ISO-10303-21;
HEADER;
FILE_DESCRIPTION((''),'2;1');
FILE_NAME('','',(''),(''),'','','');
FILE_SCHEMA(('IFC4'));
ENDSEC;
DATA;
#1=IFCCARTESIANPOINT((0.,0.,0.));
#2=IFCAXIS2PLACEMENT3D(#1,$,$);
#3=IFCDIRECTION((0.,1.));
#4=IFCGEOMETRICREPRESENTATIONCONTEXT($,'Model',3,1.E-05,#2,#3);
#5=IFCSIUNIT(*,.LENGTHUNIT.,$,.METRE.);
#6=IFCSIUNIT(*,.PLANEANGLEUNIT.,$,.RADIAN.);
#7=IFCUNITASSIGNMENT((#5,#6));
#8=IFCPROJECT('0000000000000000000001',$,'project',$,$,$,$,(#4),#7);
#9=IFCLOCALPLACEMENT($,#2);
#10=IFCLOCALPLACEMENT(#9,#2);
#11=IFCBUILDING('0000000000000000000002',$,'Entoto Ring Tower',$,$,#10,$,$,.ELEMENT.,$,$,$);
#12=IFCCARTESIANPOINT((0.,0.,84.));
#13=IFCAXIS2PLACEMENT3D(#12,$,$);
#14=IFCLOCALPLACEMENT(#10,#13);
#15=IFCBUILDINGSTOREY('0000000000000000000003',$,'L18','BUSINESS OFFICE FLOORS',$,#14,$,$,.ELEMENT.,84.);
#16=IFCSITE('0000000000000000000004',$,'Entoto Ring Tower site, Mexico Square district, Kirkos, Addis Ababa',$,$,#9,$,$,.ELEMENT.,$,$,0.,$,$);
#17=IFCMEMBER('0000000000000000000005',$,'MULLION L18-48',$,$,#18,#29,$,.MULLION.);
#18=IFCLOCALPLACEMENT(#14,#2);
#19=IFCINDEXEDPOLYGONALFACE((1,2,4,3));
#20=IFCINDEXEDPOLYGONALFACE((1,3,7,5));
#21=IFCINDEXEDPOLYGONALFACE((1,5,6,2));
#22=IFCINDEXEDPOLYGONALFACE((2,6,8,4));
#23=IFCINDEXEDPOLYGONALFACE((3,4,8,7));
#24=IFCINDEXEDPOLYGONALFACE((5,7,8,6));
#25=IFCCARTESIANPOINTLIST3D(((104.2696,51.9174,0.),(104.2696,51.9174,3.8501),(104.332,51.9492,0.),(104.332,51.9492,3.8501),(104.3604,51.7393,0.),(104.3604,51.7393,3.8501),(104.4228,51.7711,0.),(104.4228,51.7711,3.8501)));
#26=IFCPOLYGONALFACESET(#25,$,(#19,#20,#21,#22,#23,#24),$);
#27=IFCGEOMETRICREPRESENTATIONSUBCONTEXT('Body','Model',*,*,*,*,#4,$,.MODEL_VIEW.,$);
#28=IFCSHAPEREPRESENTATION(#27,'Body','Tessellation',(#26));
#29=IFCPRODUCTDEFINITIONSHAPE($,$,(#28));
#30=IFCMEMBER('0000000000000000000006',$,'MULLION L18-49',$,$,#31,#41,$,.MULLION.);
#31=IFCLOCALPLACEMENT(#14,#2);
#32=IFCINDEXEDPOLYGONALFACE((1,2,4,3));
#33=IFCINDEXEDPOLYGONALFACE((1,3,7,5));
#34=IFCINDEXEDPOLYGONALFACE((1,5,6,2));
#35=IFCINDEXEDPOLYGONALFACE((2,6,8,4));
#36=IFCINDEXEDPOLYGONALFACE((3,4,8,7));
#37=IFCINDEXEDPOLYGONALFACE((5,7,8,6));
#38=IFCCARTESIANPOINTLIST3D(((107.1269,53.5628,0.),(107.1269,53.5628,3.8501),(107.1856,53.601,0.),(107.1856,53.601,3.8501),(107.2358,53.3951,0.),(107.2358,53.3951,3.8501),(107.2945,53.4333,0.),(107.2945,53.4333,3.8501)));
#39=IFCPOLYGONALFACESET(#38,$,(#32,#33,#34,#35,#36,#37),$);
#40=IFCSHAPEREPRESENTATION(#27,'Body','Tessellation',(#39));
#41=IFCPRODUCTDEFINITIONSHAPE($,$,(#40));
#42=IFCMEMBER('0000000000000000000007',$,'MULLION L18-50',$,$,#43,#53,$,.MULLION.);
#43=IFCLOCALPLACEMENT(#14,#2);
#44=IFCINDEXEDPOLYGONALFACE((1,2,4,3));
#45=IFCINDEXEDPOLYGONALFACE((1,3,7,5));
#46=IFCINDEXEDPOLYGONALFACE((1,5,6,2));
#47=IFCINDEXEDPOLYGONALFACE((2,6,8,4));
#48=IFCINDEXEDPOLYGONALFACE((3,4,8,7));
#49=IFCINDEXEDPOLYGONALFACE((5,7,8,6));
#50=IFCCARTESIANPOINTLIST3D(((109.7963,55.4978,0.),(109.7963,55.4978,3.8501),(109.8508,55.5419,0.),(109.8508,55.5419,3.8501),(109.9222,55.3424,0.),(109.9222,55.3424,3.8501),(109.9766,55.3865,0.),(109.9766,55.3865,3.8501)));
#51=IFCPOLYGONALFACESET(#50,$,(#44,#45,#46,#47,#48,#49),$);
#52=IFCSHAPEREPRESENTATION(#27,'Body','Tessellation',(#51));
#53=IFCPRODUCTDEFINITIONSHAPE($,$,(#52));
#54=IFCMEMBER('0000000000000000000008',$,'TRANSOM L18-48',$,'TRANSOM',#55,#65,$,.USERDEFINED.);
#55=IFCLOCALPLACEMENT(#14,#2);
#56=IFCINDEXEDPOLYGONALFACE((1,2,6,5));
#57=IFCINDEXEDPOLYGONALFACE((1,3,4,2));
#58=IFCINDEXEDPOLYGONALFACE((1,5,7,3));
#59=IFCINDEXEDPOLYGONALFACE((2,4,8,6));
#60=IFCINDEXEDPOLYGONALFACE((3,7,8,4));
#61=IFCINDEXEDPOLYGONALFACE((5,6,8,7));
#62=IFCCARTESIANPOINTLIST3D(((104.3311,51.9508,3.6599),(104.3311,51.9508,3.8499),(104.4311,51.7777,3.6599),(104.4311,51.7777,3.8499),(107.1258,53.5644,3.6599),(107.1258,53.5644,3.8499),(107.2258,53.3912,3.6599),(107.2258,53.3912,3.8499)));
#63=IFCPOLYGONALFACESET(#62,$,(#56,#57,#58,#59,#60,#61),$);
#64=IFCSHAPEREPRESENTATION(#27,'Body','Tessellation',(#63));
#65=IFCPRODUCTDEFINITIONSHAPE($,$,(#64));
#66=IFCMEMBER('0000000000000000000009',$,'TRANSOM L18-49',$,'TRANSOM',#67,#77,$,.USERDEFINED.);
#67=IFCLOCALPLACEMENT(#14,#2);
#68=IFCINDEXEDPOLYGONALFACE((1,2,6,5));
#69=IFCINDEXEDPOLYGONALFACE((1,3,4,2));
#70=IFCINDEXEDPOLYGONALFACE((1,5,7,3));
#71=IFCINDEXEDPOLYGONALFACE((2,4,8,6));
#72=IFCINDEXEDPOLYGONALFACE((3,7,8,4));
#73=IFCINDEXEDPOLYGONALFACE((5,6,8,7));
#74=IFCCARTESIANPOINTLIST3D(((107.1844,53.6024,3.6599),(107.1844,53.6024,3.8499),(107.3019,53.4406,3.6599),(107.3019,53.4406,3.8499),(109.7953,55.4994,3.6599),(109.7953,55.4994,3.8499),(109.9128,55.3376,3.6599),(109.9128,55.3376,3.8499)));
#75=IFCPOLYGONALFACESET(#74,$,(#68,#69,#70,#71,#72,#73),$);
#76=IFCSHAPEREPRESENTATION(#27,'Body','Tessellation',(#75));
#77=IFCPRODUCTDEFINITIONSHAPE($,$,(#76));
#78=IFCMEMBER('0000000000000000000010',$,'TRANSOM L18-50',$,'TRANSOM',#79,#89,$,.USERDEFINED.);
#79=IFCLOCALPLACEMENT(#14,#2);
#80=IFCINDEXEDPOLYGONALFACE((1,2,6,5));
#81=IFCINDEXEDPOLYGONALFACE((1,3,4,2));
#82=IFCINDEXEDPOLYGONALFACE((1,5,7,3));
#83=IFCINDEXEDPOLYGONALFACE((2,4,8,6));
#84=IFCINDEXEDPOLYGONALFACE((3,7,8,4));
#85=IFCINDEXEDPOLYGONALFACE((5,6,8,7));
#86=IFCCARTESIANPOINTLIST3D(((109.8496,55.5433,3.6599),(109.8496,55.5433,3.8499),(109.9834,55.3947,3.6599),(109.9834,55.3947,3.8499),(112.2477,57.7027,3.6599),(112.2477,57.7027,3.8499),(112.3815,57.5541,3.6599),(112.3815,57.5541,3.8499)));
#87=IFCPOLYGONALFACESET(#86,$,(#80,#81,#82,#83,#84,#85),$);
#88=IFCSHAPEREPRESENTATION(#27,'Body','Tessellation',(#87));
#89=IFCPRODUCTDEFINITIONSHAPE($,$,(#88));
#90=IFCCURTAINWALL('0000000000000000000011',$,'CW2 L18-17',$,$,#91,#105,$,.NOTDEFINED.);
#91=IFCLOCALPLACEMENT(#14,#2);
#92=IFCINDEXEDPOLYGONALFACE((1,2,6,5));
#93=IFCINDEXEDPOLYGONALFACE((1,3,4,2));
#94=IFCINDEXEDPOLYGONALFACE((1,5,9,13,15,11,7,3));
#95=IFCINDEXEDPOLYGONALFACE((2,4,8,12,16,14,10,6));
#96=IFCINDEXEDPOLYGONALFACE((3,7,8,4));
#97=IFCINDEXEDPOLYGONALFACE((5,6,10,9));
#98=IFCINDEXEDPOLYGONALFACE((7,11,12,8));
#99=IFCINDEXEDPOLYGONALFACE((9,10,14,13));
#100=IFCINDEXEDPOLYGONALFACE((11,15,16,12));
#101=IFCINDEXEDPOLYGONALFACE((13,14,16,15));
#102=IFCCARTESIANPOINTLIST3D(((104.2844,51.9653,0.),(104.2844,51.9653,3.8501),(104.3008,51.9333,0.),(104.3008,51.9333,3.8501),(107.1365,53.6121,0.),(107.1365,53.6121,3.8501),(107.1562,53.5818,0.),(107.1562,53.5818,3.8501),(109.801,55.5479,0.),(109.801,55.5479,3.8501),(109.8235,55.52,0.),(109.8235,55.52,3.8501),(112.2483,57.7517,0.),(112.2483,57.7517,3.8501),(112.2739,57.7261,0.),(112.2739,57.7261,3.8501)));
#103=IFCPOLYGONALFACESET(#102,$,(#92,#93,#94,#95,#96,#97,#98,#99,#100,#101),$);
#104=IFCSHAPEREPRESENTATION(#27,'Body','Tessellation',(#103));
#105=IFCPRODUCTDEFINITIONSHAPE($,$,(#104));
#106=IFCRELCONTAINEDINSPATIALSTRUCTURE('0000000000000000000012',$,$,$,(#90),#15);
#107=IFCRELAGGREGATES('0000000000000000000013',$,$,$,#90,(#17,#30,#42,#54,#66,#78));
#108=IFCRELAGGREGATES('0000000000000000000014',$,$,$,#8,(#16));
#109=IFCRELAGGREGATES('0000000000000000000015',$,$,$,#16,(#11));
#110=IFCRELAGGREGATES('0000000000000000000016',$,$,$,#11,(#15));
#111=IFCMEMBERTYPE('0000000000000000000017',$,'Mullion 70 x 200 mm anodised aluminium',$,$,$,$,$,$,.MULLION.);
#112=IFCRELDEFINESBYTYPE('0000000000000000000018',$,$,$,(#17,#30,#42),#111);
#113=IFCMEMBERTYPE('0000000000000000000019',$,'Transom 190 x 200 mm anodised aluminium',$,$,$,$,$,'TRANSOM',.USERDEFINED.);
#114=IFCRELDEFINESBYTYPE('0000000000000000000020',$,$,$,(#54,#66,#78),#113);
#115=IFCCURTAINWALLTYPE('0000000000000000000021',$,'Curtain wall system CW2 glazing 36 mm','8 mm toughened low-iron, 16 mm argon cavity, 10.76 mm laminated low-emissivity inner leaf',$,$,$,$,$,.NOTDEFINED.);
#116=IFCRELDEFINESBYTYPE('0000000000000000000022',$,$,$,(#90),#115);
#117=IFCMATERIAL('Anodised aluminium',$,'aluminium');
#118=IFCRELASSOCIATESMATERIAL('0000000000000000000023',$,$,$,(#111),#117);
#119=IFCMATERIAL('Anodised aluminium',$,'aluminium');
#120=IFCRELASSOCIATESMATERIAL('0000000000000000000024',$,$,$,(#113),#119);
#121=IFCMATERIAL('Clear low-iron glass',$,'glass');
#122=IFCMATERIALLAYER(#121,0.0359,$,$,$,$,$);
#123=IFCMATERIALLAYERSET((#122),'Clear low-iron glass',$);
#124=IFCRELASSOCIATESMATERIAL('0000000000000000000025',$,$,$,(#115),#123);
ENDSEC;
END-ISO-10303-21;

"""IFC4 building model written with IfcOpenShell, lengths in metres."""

from ifc_helpers import new_model, si_unit, direction, frame, origin, origin_2d, place, context, subcontext, project, spatial, polyline, rectangle, outline, extrude, material, layer, layer_set, material_profile, profile_set, type_object, element, aggregate, save


model = new_model("IFC4")

# Units and contexts
model_context = context("Model", 3, precision=1e-05, world=origin(), true_north=direction((0.0, 1.0)))
body_context = subcontext(model_context, "Body", "Model", "MODEL_VIEW")
ifc_project = project(units=[si_unit("LENGTHUNIT", "METRE"), si_unit("PLANEANGLEUNIT", "RADIAN")], contexts=[model_context])

# Members
ifc_material_1 = material(Name="Anodised aluminium", Category="aluminium")
ifc_material_profile_1 = material_profile(ifc_material_1, rectangle(XDim=0.0701, YDim=0.2, at=origin_2d()), Name="Mullion 70 x 200 mm anodised aluminium")
ifc_profile_set_1 = profile_set([ifc_material_profile_1], Name="Anodised aluminium")
member_type_1 = type_object("IfcMemberType", Name="Mullion 70 x 200 mm anodised aluminium", PredefinedType="MULLION", material=ifc_profile_set_1)
site_placement = place(None, origin())
building_placement = place(site_placement, origin())
storey_placement = place(building_placement, frame((0.0, 0.0, 84.0)))
member_1_placement = place(storey_placement, frame((104.3462, 51.8442, 0.0), z_axis=(0.0, 0.0, 1.0), x_axis=(0.891007, 0.45399, 0.0)))
member_1 = element("IfcMember", 1, at=member_1_placement, type_object=member_type_1, Name="MULLION L18-48", PredefinedType="MULLION", context=body_context, shape_type="SweptSolid", body=[
    extrude(rectangle(XDim=0.0701, YDim=0.2, at=origin_2d()), origin(), (0.0, 0.0, 1.0), 3.8501),
])
member_2_placement = place(storey_placement, frame((107.2107, 53.498, 0.0), z_axis=(0.0, 0.0, 1.0), x_axis=(0.838671, 0.544639, 0.0)))
member_2 = element("IfcMember", 2, at=member_2_placement, type_object=member_type_1, Name="MULLION L18-49", PredefinedType="MULLION", context=body_context, shape_type="SweptSolid", body=[
    extrude(rectangle(XDim=0.0701, YDim=0.2, at=origin_2d()), origin(), (0.0, 0.0, 1.0), 3.8501),
])
member_3_placement = place(storey_placement, frame((109.8865, 55.4421, 0.0), z_axis=(0.0, 0.0, 1.0), x_axis=(0.777146, 0.62932, 0.0)))
member_3 = element("IfcMember", 3, at=member_3_placement, type_object=member_type_1, Name="MULLION L18-50", PredefinedType="MULLION", context=body_context, shape_type="SweptSolid", body=[
    extrude(rectangle(XDim=0.0701, YDim=0.2, at=origin_2d()), origin(), (0.0, 0.0, 1.0), 3.8501),
])
ifc_material_2 = material(Name="Anodised aluminium", Category="aluminium")
ifc_material_profile_2 = material_profile(ifc_material_2, rectangle(XDim=0.2, YDim=0.1899, at=origin_2d()), Name="Transom 190 x 200 mm anodised aluminium")
ifc_profile_set_2 = profile_set([ifc_material_profile_2], Name="Anodised aluminium")
member_type_2 = type_object("IfcMemberType", Name="Transom 190 x 200 mm anodised aluminium", ElementType="TRANSOM", PredefinedType="USERDEFINED", material=ifc_profile_set_2)
member_4_placement = place(storey_placement, frame((104.3811, 51.8643, 3.7549), z_axis=(0.866023, 0.500004, 0.0), x_axis=(-0.500004, 0.866023, 0.0)))
member_4 = element("IfcMember", 4, at=member_4_placement, type_object=member_type_2, Name="TRANSOM L18-48", ObjectType="TRANSOM", PredefinedType="USERDEFINED", context=body_context, shape_type="SweptSolid", body=[
    extrude(rectangle(XDim=0.2, YDim=0.1899, at=origin_2d()), origin(), (0.0, 0.0, 1.0), 3.2271),
])
member_5_placement = place(storey_placement, frame((107.2432, 53.5215, 3.7549), z_axis=(0.809004, 0.587803, 0.0), x_axis=(-0.587803, 0.809004, 0.0)))
member_5 = element("IfcMember", 5, at=member_5_placement, type_object=member_type_2, Name="TRANSOM L18-49", ObjectType="TRANSOM", PredefinedType="USERDEFINED", context=body_context, shape_type="SweptSolid", body=[
    extrude(rectangle(XDim=0.2, YDim=0.1899, at=origin_2d()), origin(), (0.0, 0.0, 1.0), 3.2273),
])
member_6_placement = place(storey_placement, frame((109.9165, 55.469, 3.7549), z_axis=(0.743132, 0.669144, 0.0), x_axis=(-0.669144, 0.743132, 0.0)))
member_6 = element("IfcMember", 6, at=member_6_placement, type_object=member_type_2, Name="TRANSOM L18-50", ObjectType="TRANSOM", PredefinedType="USERDEFINED", context=body_context, shape_type="SweptSolid", body=[
    extrude(rectangle(XDim=0.2, YDim=0.1899, at=origin_2d()), origin(), (0.0, 0.0, 1.0), 3.2271),
])

# Site, building, storey
site = spatial("IfcSite", under=ifc_project, at=site_placement, Name="Entoto Ring Tower site, Mexico Square district, Kirkos, Addis Ababa", CompositionType="ELEMENT", RefElevation=0.0)
building = spatial("IfcBuilding", under=site, at=building_placement, Name="Entoto Ring Tower", CompositionType="ELEMENT")
storey = spatial("IfcBuildingStorey", under=building, at=storey_placement, Name="L18", Description="BUSINESS OFFICE FLOORS", CompositionType="ELEMENT", Elevation=84.0)

# Curtain wall
ifc_material_3 = material(Name="Clear low-iron glass", Category="glass")
ifc_layer_1 = layer(ifc_material_3, 0.0359)
ifc_layer_set_1 = layer_set([ifc_layer_1], Name="Clear low-iron glass")
curtain_wall_type = type_object("IfcCurtainWallType", Name="Curtain wall system CW2 glazing 36 mm", Description="8 mm toughened low-iron, 16 mm argon cavity, 10.76 mm laminated low-emissivity inner leaf", PredefinedType="NOTDEFINED", material=ifc_layer_set_1)
curtain_wall_1_placement = place(storey_placement, origin())
curtain_wall_1 = element("IfcCurtainWall", 7, at=curtain_wall_1_placement, inside=storey, type_object=curtain_wall_type, Name="CW2 L18-17", PredefinedType="NOTDEFINED", context=body_context, shape_type="SweptSolid", body=[
    extrude(outline(polyline([(104.3008, 51.9333), (107.1562, 53.5818), (109.8235, 55.52), (112.2739, 57.7261), (112.2483, 57.7517), (109.801, 55.5479), (107.1365, 53.6121), (104.2844, 51.9653), (104.3008, 51.9333)])), origin(), (0.0, 0.0, 1.0), 3.8501),
])
aggregate(curtain_wall_1, [member_1, member_2, member_3, member_4, member_5, member_6])

save(model, "model.ifc")
